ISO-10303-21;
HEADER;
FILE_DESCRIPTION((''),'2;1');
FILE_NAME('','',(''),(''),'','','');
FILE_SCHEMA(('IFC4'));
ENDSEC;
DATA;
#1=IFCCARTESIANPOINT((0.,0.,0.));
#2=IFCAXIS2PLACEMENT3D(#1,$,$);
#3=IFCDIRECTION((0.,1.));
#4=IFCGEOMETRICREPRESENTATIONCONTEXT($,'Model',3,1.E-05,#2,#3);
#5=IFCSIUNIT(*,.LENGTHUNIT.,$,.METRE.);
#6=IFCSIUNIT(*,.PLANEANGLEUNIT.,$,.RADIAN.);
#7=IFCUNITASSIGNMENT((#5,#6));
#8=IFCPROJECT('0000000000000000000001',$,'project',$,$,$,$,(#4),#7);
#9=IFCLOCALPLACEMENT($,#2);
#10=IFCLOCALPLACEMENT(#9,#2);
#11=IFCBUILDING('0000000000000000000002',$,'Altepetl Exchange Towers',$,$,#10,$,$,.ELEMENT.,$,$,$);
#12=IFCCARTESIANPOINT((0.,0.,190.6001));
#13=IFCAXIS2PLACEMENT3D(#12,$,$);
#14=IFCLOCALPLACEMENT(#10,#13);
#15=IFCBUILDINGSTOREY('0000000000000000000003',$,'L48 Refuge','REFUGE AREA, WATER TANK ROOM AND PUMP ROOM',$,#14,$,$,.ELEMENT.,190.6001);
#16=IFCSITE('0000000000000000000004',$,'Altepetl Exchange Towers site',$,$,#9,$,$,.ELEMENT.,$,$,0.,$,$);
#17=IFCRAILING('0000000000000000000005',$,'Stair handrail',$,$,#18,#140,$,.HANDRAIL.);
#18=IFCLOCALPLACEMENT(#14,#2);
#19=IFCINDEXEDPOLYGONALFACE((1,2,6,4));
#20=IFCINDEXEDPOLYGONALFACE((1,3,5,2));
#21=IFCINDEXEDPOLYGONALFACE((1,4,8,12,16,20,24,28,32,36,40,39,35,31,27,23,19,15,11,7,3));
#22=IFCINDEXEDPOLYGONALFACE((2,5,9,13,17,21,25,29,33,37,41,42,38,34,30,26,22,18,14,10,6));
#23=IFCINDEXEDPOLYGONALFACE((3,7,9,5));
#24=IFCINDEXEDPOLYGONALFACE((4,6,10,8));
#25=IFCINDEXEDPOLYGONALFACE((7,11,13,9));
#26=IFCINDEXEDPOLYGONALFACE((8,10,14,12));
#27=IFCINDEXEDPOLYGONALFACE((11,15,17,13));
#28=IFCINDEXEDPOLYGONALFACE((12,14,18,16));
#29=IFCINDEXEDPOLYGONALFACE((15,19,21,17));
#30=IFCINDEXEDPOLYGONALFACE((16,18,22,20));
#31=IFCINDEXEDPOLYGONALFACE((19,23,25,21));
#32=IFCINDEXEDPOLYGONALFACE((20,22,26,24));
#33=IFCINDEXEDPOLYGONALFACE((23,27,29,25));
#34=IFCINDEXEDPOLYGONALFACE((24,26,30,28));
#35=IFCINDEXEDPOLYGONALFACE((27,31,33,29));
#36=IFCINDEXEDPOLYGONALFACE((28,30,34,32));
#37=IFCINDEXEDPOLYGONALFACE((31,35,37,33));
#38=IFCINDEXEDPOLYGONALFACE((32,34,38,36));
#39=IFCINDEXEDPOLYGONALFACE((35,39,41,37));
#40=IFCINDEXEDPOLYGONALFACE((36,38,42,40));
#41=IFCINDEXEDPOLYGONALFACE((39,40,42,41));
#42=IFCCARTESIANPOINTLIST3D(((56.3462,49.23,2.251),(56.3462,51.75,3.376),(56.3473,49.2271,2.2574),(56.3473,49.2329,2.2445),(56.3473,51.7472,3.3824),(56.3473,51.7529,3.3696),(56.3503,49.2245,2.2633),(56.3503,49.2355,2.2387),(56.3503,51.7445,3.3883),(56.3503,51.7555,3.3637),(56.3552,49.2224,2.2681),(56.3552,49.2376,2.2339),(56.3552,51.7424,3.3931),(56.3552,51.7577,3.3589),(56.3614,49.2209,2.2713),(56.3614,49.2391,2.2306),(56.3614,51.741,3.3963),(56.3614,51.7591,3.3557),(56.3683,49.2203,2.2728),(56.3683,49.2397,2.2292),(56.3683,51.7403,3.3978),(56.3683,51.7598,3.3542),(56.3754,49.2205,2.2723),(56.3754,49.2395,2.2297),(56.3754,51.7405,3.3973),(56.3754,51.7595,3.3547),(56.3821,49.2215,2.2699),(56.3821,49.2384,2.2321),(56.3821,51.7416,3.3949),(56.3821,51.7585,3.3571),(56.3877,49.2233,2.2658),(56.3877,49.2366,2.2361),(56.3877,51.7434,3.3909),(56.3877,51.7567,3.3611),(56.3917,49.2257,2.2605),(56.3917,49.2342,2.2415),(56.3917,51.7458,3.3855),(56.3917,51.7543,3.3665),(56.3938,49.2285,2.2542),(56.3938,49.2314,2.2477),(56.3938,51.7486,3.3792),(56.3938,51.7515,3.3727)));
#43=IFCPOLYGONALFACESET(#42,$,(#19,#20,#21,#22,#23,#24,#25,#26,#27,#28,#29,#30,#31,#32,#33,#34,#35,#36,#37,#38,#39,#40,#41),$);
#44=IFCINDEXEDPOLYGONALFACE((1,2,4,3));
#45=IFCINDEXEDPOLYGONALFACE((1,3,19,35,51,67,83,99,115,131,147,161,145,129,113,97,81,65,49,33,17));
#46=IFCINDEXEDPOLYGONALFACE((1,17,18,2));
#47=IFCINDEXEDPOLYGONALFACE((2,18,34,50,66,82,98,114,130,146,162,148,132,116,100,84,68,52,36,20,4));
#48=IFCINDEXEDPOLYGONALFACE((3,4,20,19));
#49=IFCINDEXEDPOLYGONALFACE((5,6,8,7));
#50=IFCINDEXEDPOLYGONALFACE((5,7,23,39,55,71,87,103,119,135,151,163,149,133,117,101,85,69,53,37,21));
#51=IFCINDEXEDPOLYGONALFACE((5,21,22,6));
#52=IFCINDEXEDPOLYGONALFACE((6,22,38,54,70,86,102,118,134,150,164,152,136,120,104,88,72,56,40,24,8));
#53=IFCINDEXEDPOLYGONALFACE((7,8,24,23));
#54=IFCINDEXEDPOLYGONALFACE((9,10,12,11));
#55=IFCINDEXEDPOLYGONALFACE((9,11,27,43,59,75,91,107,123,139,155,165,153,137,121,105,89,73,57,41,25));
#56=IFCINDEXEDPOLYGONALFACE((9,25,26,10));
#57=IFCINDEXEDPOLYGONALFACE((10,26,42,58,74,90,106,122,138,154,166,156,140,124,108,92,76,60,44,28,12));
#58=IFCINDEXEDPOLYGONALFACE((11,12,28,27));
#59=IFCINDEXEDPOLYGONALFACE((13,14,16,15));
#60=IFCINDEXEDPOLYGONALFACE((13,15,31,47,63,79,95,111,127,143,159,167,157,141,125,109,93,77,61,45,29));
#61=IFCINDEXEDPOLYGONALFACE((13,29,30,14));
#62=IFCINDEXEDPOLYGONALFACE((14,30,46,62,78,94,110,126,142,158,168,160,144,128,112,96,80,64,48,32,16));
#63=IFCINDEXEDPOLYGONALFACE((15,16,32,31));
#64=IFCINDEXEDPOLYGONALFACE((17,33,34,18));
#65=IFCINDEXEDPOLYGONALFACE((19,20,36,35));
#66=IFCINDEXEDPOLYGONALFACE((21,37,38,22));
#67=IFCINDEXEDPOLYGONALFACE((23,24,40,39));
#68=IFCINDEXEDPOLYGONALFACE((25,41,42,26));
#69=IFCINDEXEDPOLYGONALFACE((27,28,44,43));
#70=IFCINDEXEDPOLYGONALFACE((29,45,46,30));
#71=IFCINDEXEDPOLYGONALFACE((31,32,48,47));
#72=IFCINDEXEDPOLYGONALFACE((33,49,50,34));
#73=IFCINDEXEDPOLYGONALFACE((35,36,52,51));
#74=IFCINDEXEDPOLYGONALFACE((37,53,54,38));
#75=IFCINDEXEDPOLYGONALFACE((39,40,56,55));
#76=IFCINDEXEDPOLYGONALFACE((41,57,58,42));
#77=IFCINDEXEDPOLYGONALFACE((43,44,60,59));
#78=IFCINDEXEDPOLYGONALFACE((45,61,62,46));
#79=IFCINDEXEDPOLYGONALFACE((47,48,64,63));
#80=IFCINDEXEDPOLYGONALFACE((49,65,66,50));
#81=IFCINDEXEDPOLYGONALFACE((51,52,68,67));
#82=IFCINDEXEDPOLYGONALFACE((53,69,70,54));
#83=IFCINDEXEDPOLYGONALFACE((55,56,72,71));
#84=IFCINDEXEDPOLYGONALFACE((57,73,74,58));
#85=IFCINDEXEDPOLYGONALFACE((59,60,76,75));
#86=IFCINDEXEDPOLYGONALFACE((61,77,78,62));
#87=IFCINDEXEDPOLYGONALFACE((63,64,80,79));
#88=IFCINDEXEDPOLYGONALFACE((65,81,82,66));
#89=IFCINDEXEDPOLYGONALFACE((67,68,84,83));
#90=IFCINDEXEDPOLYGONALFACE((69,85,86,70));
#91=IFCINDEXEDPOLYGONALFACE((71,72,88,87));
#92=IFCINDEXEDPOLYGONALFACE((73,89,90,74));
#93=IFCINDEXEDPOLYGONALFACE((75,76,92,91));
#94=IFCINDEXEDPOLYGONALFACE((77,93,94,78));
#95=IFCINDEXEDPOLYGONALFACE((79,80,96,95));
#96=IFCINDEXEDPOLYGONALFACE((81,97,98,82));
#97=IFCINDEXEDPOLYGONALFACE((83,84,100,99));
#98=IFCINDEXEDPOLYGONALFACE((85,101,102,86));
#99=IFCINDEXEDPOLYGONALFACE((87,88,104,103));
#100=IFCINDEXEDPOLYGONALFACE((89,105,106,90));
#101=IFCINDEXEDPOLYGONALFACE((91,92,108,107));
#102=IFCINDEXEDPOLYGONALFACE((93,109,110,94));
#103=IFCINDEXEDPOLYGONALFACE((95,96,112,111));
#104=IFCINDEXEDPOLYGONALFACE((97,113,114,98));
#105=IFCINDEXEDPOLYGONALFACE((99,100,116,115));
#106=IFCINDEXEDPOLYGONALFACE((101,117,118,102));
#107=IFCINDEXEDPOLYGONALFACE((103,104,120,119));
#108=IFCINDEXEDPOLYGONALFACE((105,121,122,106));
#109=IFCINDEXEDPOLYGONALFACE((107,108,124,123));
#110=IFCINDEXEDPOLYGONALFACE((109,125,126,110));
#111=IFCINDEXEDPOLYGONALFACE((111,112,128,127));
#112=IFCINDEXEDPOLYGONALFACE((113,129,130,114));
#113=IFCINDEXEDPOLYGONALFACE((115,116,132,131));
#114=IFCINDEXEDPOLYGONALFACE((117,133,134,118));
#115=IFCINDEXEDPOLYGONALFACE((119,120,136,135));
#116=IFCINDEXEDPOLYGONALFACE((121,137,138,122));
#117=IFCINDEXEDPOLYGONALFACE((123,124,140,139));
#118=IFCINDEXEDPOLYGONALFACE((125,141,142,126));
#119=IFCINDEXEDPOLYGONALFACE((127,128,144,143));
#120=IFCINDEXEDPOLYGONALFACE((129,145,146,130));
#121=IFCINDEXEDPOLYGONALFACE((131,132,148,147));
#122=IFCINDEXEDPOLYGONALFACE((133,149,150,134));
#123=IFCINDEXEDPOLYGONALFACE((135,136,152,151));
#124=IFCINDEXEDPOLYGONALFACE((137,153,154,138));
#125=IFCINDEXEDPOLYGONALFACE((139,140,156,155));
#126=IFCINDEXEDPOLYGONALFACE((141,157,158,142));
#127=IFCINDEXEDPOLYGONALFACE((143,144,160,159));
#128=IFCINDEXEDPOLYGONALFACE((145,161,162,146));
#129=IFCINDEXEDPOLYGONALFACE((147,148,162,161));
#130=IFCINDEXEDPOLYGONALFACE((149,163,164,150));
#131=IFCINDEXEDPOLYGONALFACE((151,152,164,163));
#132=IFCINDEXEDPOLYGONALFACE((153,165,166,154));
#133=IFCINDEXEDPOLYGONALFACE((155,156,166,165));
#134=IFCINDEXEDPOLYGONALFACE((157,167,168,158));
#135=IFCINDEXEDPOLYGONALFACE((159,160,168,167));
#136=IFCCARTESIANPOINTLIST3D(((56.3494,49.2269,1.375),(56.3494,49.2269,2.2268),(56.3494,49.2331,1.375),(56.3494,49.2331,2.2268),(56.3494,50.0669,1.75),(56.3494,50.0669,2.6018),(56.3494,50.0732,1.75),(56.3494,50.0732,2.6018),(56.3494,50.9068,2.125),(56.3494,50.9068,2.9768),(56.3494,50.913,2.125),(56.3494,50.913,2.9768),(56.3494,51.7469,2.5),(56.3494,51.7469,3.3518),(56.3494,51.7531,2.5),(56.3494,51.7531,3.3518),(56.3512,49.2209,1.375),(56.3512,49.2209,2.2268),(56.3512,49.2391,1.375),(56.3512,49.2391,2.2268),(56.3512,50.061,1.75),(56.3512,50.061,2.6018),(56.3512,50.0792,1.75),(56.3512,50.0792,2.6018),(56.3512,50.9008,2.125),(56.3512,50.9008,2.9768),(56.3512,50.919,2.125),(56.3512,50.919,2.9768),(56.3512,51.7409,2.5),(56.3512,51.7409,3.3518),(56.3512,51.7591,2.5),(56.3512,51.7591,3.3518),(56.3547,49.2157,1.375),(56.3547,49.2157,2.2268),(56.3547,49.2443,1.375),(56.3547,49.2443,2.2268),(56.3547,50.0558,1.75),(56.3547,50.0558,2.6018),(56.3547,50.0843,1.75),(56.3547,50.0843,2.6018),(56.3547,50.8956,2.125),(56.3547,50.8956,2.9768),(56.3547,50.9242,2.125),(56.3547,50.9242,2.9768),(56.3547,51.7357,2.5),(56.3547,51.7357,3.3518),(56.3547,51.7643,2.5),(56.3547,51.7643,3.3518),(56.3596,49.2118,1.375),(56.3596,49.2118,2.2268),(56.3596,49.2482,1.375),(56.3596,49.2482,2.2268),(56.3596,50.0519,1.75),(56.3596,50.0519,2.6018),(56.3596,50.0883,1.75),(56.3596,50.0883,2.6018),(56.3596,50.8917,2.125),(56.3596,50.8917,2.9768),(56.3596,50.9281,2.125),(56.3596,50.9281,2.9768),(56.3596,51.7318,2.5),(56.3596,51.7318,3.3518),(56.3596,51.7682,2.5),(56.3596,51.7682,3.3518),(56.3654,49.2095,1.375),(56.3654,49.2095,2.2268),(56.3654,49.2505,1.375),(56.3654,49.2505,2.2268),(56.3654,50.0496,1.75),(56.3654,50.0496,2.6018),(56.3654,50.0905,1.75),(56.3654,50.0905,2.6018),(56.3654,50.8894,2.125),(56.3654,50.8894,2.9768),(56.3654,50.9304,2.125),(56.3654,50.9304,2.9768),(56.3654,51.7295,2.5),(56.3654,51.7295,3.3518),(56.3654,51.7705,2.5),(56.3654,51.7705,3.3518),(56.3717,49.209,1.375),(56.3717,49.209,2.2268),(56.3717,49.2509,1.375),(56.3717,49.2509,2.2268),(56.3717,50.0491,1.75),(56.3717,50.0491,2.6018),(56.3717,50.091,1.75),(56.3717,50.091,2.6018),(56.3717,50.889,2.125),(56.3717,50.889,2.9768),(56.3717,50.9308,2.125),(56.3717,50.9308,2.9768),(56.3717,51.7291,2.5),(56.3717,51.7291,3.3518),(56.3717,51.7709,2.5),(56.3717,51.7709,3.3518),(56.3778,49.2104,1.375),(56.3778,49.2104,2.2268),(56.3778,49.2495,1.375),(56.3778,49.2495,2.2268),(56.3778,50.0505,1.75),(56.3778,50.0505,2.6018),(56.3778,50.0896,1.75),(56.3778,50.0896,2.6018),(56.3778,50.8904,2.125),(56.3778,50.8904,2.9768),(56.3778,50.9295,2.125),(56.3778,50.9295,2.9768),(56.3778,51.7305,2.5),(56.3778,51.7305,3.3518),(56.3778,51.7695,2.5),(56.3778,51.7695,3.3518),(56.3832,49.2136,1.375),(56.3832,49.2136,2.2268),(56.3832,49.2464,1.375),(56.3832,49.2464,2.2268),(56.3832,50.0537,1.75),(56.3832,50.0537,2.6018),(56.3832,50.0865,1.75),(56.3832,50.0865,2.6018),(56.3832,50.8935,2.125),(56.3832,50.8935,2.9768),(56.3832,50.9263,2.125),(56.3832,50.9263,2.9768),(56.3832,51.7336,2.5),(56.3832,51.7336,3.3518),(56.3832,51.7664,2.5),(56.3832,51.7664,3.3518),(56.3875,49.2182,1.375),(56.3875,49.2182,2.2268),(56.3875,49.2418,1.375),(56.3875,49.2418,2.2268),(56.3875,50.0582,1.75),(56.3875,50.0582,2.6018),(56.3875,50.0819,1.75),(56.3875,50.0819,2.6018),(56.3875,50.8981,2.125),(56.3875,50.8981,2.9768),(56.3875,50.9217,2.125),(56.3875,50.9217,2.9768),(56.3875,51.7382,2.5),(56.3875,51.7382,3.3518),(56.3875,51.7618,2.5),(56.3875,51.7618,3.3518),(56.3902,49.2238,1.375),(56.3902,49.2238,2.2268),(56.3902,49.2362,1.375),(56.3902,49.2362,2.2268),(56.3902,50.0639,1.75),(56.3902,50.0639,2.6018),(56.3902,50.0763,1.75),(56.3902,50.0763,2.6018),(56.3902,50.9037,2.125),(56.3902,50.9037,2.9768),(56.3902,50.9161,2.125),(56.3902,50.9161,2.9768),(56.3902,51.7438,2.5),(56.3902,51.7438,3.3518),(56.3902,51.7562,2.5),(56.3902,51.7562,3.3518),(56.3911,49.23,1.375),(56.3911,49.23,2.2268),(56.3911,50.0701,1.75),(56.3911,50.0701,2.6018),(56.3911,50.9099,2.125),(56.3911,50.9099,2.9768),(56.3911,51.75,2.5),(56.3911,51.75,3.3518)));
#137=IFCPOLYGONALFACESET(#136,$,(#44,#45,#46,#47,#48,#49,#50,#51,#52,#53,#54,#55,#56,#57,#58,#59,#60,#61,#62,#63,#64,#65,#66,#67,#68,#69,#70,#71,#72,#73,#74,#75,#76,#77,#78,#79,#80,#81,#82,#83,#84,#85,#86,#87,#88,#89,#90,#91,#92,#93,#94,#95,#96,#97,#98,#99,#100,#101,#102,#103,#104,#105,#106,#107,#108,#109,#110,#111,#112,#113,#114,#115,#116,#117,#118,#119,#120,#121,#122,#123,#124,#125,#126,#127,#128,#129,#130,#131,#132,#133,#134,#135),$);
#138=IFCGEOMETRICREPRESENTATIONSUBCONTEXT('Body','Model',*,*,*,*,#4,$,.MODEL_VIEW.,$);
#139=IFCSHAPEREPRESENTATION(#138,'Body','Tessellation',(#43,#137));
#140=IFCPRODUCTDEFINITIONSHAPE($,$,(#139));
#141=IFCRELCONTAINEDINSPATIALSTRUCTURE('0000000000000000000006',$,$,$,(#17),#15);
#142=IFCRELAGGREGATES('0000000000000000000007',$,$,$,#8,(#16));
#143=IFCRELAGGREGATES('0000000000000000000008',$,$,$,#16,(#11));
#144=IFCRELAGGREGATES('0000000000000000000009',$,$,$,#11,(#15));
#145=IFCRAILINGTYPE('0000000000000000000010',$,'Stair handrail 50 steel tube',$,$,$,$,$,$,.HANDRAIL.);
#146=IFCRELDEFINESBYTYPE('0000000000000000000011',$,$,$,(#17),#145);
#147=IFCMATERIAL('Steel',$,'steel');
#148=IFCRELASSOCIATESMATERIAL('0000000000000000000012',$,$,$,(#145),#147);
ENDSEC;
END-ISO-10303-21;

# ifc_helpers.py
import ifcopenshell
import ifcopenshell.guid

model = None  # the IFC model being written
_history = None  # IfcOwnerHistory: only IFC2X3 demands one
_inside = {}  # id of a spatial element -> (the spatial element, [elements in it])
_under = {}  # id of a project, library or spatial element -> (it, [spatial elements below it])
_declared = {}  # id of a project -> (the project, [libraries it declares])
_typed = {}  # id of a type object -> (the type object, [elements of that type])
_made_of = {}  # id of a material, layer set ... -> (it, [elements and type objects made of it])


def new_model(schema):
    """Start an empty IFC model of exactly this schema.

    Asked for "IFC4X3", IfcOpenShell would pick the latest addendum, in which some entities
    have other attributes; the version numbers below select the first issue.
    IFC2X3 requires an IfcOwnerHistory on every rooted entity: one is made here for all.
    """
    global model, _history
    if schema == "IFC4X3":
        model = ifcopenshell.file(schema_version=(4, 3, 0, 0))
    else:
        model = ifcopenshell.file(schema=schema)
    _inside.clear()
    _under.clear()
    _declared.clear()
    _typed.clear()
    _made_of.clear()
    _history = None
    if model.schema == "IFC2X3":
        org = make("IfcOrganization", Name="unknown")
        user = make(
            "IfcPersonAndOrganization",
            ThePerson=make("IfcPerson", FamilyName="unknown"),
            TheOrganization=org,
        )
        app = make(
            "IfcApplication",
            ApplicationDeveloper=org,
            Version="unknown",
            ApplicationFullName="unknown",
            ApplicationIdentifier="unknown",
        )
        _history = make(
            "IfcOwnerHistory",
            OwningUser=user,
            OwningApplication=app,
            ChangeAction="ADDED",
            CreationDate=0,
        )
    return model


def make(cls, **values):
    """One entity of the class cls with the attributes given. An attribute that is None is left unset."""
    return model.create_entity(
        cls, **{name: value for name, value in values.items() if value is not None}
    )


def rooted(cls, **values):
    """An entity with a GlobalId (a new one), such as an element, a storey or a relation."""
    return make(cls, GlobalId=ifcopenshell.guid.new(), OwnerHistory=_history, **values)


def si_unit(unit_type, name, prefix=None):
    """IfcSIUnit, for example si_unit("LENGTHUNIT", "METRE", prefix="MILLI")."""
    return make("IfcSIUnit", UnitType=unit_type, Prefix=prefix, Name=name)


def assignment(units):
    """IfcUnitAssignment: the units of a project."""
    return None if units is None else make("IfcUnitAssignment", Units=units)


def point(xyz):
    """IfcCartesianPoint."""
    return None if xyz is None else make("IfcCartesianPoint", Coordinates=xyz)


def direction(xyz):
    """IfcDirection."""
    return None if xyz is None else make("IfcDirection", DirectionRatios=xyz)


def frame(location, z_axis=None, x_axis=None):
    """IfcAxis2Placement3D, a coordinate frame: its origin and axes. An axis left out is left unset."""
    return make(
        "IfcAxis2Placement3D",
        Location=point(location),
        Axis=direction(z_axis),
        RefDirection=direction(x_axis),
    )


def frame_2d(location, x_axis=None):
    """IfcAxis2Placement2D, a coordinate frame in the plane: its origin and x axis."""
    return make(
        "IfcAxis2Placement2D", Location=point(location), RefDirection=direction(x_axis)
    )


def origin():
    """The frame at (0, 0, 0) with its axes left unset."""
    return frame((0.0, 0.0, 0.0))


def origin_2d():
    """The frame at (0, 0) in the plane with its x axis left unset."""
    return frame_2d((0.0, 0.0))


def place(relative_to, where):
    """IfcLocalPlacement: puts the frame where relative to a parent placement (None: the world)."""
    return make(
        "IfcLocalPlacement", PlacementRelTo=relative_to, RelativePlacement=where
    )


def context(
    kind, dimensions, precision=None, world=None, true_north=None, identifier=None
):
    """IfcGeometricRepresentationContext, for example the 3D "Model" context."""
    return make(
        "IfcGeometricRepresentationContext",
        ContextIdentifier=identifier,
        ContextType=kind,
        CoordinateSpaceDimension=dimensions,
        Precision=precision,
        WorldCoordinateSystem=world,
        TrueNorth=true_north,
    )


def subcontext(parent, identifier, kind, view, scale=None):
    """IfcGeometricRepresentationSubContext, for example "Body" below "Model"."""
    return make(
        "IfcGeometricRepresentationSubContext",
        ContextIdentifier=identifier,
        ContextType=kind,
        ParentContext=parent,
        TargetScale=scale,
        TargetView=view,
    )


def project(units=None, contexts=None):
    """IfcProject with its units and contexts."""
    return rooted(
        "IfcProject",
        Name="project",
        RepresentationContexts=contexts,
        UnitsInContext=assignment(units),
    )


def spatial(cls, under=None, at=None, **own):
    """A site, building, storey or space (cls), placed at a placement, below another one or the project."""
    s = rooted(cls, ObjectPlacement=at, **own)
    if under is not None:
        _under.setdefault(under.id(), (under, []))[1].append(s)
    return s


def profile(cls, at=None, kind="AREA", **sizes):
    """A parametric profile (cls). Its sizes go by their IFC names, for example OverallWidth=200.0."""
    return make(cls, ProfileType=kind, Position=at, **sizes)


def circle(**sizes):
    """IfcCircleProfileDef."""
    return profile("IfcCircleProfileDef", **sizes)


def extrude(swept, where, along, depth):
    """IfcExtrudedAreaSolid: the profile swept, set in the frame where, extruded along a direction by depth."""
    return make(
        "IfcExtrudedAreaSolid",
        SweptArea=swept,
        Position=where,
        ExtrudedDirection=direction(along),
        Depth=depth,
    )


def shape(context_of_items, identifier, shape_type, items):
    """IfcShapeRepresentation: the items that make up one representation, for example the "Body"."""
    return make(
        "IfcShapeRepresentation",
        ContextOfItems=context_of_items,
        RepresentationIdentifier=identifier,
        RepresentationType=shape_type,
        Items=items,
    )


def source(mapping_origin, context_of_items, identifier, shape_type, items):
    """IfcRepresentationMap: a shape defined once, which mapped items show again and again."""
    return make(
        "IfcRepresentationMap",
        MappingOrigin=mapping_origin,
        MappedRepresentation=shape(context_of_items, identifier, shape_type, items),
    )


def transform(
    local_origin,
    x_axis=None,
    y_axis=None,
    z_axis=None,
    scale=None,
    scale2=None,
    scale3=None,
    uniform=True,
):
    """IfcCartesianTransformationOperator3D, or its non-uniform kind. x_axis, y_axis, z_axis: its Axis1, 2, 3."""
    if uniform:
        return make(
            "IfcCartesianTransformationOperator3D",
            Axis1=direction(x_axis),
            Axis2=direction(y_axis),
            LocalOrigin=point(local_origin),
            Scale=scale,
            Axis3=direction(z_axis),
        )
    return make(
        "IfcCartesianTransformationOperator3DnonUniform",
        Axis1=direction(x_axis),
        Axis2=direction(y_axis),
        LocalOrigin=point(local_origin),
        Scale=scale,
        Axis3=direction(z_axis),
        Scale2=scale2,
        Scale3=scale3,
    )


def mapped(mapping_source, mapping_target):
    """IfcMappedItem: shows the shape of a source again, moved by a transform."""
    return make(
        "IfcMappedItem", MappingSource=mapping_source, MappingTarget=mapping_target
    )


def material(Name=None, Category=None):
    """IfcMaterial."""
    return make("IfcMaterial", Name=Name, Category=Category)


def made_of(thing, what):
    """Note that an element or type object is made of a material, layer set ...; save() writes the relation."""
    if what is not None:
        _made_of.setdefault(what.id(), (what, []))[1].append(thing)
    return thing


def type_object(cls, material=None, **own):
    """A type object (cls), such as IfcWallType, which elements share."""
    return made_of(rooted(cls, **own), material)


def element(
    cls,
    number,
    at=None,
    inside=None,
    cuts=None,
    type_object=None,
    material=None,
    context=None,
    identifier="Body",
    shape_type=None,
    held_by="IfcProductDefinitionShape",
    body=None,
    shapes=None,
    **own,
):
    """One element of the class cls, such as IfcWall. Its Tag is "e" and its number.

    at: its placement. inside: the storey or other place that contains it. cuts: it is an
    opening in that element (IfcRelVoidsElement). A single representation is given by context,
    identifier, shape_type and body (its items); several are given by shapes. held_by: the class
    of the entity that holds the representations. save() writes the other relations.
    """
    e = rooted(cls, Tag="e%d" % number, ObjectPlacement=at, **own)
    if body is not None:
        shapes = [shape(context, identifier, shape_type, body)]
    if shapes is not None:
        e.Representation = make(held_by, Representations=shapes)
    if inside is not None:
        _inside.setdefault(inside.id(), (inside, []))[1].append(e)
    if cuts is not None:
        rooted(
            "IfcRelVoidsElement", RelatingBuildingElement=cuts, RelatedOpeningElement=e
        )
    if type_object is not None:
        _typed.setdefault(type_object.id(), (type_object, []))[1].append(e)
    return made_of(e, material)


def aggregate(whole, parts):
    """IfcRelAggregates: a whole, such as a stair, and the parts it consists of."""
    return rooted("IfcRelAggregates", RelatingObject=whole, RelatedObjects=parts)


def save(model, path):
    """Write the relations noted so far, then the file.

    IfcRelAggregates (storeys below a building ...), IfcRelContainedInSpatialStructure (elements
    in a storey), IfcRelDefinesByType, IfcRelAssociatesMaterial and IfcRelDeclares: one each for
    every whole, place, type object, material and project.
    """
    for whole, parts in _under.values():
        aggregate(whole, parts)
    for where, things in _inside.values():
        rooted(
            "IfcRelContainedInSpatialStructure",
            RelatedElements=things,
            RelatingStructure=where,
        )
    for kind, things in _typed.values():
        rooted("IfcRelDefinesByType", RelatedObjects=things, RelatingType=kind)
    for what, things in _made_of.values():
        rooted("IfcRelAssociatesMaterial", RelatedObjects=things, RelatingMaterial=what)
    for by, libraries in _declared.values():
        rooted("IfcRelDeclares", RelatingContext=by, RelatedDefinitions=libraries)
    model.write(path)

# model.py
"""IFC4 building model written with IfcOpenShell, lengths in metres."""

from ifc_helpers import new_model, si_unit, direction, frame, origin, origin_2d, place, context, subcontext, project, spatial, circle, extrude, source, transform, mapped, material, type_object, element, save


model = new_model("IFC4")

# Units and contexts
model_context = context("Model", 3, precision=1e-05, world=origin(), true_north=direction((0.0, 1.0)))
body_context = subcontext(model_context, "Body", "Model", "MODEL_VIEW")
ifc_project = project(units=[si_unit("LENGTHUNIT", "METRE"), si_unit("PLANEANGLEUNIT", "RADIAN")], contexts=[model_context])

# Site, building, storey
site_placement = place(None, origin())
site = spatial("IfcSite", under=ifc_project, at=site_placement, Name="Altepetl Exchange Towers site", CompositionType="ELEMENT", RefElevation=0.0)
building_placement = place(site_placement, origin())
building = spatial("IfcBuilding", under=site, at=building_placement, Name="Altepetl Exchange Towers", CompositionType="ELEMENT")
storey_placement = place(building_placement, frame((0.0, 0.0, 190.6001)))
storey = spatial("IfcBuildingStorey", under=building, at=storey_placement, Name="L48 Refuge", Description="REFUGE AREA, WATER TANK ROOM AND PUMP ROOM", CompositionType="ELEMENT", Elevation=190.6001)

# Railing
ifc_material_1 = material(Name="Steel", Category="steel")
railing_type_1 = type_object("IfcRailingType", Name="Stair handrail 50 steel tube", PredefinedType="HANDRAIL", material=ifc_material_1)
shared_shape_1 = source(origin(), body_context, "Body", "SweptSolid", [
    extrude(circle(Radius=0.021, at=origin_2d()), origin(), (0.0, 0.0, 1.0), 0.8518),
])
railing_1_placement = place(storey_placement, frame((56.3701, 49.23, 1.375)))
element("IfcRailing", 1, at=railing_1_placement, inside=storey, type_object=railing_type_1, Name="Stair handrail", PredefinedType="HANDRAIL", context=body_context, shape_type="SweptSolid", body=[
    extrude(circle(Radius=0.0239, at=origin_2d()), frame((0.0, 0.0, 0.876), z_axis=(0.0, 0.913139, 0.407648), x_axis=(-1.0, 0.0, 0.0)), (0.0, 0.0, 1.0), 2.7598),
    mapped(shared_shape_1, transform((0.0, 0.0, 0.0))),
    mapped(shared_shape_1, transform((0.0, 0.8401, 0.375))),
    mapped(shared_shape_1, transform((0.0, 1.6799, 0.75))),
    mapped(shared_shape_1, transform((0.0, 2.52, 1.125))),
])

save(model, "model.ifc")
